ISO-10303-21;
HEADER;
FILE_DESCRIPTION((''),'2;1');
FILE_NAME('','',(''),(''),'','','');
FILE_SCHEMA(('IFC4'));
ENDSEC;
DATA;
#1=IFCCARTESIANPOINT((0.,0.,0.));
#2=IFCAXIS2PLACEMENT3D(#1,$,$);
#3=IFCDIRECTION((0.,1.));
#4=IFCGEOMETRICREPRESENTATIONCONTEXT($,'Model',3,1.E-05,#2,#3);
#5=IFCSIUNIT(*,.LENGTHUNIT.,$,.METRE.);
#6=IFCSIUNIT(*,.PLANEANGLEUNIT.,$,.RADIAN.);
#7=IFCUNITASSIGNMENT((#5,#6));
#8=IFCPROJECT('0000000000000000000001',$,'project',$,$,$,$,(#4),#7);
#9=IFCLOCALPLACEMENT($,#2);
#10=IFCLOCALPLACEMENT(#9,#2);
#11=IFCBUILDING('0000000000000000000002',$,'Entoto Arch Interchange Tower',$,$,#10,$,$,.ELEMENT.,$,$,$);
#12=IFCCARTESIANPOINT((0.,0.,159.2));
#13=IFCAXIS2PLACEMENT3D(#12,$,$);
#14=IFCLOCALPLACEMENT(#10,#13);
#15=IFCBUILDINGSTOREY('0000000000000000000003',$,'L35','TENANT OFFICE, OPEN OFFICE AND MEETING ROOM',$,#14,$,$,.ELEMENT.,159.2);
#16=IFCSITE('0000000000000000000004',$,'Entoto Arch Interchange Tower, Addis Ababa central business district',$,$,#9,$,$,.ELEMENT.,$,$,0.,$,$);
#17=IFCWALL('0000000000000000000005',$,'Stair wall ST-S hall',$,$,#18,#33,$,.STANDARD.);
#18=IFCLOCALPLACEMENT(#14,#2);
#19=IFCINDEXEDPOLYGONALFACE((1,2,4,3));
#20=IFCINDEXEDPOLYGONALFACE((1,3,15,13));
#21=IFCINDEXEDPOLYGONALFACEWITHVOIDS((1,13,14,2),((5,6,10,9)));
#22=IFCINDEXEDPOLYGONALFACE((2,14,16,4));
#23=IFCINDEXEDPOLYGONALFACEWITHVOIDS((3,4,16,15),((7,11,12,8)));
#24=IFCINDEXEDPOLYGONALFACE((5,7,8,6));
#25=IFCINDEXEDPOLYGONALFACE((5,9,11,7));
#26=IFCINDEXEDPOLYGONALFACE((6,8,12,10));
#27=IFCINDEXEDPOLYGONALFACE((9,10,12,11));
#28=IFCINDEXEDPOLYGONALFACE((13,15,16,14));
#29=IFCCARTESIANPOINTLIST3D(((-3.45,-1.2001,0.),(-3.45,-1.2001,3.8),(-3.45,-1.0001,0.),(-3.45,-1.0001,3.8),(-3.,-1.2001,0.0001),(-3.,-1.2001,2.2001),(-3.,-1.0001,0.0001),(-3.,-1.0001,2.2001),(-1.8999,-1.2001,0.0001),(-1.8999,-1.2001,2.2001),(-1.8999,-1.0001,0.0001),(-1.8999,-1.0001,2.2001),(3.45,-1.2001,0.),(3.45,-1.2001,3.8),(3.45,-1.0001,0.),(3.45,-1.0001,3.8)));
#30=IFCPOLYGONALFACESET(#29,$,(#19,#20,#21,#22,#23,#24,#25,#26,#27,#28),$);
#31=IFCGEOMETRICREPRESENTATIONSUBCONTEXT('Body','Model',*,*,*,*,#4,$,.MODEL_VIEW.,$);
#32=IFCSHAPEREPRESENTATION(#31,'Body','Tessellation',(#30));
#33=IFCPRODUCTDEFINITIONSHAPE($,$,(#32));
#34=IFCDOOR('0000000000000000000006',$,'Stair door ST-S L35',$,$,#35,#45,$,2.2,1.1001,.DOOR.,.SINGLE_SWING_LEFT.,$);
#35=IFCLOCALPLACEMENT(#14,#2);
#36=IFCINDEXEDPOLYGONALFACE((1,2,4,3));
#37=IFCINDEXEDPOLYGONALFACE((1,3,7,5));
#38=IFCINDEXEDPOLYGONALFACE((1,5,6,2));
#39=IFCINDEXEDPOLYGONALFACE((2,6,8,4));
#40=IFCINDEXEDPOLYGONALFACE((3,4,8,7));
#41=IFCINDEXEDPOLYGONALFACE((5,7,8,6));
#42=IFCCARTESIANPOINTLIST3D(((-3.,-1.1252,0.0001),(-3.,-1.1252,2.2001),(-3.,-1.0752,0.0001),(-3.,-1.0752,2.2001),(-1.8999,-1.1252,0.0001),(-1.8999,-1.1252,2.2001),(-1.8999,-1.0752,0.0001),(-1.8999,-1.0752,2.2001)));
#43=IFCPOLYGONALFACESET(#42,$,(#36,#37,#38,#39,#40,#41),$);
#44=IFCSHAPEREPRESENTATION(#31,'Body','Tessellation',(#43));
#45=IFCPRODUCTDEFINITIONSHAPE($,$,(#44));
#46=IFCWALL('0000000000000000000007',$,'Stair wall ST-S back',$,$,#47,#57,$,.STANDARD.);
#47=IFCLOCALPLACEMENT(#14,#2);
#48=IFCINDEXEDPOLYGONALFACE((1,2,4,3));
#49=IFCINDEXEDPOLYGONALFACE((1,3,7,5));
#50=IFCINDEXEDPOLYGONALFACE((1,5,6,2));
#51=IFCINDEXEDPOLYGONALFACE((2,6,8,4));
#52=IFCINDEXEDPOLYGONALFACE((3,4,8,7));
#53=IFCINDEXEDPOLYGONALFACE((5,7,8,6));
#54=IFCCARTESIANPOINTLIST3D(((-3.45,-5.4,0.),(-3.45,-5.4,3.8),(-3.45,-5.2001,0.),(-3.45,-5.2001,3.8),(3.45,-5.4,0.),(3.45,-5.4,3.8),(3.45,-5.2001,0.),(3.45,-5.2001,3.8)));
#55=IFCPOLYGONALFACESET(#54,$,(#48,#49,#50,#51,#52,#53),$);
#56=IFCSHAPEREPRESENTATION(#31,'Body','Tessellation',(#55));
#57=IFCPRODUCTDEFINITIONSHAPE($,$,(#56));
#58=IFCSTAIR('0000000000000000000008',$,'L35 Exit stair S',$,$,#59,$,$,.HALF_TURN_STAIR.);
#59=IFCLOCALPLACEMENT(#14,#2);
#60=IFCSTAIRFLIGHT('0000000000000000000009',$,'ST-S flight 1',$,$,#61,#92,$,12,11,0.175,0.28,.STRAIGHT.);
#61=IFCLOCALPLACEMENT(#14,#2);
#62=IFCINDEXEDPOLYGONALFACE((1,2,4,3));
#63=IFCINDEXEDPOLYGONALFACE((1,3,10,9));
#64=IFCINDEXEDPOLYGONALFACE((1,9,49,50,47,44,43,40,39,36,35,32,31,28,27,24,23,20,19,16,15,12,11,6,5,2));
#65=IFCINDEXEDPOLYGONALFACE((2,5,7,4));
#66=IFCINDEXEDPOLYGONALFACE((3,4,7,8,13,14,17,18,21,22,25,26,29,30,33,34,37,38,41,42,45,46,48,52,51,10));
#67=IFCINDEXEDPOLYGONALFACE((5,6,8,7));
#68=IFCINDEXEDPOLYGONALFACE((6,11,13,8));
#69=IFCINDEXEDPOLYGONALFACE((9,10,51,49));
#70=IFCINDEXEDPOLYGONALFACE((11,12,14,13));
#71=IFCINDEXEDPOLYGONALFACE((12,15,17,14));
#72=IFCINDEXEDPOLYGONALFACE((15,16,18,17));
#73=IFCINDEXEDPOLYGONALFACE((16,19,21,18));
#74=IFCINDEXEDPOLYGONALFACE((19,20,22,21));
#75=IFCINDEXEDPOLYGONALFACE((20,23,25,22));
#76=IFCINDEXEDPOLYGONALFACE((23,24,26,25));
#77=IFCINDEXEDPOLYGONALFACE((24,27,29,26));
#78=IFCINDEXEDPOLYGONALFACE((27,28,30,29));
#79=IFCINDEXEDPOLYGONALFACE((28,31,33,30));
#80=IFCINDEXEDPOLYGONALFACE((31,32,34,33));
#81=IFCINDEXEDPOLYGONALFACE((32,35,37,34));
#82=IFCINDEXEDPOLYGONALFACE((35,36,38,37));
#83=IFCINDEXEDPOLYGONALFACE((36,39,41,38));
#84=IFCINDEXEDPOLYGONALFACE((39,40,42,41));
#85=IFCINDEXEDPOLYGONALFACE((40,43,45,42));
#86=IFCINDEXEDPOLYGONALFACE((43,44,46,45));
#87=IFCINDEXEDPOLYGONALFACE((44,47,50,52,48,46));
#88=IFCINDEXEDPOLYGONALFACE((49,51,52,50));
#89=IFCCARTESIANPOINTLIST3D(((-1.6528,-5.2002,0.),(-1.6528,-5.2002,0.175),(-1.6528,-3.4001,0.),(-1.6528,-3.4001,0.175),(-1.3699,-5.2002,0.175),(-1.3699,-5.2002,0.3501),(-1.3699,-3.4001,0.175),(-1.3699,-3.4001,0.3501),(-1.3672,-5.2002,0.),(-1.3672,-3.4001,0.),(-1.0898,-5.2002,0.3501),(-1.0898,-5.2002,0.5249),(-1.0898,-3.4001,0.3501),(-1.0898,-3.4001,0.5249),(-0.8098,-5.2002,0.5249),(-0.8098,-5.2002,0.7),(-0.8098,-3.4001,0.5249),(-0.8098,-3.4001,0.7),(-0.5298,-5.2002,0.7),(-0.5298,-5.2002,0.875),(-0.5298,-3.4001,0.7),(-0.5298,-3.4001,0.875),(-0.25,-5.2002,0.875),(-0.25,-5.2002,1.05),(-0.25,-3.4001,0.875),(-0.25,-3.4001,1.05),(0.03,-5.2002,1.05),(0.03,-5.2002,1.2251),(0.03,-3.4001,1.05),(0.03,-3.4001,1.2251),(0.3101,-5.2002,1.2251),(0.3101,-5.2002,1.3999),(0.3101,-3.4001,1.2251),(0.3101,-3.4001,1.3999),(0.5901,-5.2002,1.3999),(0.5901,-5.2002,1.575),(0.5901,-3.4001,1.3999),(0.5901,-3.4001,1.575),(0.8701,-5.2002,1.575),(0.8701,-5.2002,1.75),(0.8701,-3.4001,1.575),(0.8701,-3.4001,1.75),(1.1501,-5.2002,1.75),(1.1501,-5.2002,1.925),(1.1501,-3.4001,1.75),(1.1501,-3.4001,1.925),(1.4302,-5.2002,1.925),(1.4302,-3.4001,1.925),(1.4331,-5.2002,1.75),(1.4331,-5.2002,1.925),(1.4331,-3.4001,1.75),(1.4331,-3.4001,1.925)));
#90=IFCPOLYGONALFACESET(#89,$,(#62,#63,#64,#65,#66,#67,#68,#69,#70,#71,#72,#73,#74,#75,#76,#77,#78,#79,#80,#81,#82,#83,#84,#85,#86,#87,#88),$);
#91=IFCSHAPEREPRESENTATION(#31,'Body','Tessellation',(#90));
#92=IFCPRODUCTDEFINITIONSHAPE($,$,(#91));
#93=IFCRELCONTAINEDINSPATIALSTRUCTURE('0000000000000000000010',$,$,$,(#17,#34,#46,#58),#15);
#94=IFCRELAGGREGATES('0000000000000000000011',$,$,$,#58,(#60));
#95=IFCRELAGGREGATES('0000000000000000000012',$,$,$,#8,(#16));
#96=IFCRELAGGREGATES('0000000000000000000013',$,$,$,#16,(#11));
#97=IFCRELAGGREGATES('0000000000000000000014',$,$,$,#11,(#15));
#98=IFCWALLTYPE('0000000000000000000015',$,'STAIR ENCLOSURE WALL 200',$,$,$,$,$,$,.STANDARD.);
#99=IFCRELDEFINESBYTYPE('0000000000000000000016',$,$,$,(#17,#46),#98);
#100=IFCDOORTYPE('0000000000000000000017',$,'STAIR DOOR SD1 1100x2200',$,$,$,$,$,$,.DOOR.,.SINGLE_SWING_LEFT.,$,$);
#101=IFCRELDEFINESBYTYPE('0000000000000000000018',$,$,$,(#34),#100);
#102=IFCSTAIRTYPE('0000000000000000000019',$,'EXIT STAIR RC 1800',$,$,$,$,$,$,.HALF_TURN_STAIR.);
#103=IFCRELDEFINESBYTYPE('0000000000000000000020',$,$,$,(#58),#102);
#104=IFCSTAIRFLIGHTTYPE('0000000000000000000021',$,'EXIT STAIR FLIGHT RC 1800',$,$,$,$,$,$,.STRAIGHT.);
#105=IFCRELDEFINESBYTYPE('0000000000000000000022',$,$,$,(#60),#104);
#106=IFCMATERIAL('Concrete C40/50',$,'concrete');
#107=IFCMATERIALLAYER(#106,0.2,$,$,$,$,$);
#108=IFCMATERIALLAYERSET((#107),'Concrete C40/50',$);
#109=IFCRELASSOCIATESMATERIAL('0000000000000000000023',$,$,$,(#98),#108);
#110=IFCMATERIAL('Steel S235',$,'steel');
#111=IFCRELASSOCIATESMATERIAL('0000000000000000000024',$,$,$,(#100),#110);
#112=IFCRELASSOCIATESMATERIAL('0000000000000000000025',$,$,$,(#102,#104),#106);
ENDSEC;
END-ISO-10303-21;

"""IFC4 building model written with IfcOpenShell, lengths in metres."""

from ifc_helpers import new_model, si_unit, direction, frame, frame_2d, origin, place, context, subcontext, project, spatial, polyline, rectangle, outline, extrude, material, layer, layer_set, type_object, element, fill, aggregate, save


model = new_model("IFC4")

# Units and contexts
model_context = context("Model", 3, precision=1e-05, world=origin(), true_north=direction((0.0, 1.0)))
body_context = subcontext(model_context, "Body", "Model", "MODEL_VIEW")
ifc_project = project(units=[si_unit("LENGTHUNIT", "METRE"), si_unit("PLANEANGLEUNIT", "RADIAN")], contexts=[model_context])

# Site, building, storey
site_placement = place(None, origin())
site = spatial("IfcSite", under=ifc_project, at=site_placement, Name="Entoto Arch Interchange Tower, Addis Ababa central business district", CompositionType="ELEMENT", RefElevation=0.0)
building_placement = place(site_placement, origin())
building = spatial("IfcBuilding", under=site, at=building_placement, Name="Entoto Arch Interchange Tower", CompositionType="ELEMENT")
storey_placement = place(building_placement, frame((0.0, 0.0, 159.2)))
storey = spatial("IfcBuildingStorey", under=building, at=storey_placement, Name="L35", Description="TENANT OFFICE, OPEN OFFICE AND MEETING ROOM", CompositionType="ELEMENT", Elevation=159.2)

# Shared definitions
ifc_material_1 = material(Name="Concrete C40/50", Category="concrete")

# Wall, opening, door
ifc_layer_1 = layer(ifc_material_1, 0.2)
ifc_layer_set_1 = layer_set([ifc_layer_1], Name="Concrete C40/50")
wall_type_1 = type_object("IfcWallType", Name="STAIR ENCLOSURE WALL 200", PredefinedType="STANDARD", material=ifc_layer_set_1)
ifc_material_2 = material(Name="Steel S235", Category="steel")
door_type_1 = type_object("IfcDoorType", Name="STAIR DOOR SD1 1100x2200", OperationType="SINGLE_SWING_LEFT", PredefinedType="DOOR", material=ifc_material_2)
wall_1_placement = place(storey_placement, frame((-3.45, -1.1001, 0.0), z_axis=(0.0, 0.0, 1.0), x_axis=(1.0, 0.0, 0.0)))
wall_1 = element("IfcWall", 1, at=wall_1_placement, inside=storey, type_object=wall_type_1, Name="Stair wall ST-S hall", PredefinedType="STANDARD", context=body_context, shape_type="SweptSolid", body=[
    extrude(rectangle(XDim=6.8999, YDim=0.2, at=frame_2d((3.45, 0.0))), origin(), (0.0, 0.0, 1.0), 3.8),
])
opening_1_placement = place(wall_1_placement, frame((0.45, 0.0, 0.0)))
opening_1 = element("IfcOpeningElement", 2, at=opening_1_placement, cuts=wall_1, PredefinedType="OPENING", context=body_context, shape_type="SweptSolid", body=[
    extrude(rectangle(XDim=1.1001, YDim=2.2, at=frame_2d((0.55, 1.1001))), frame((0.0, 0.1099, 0.0), z_axis=(0.0, -1.0, 0.0), x_axis=(1.0, 0.0, 0.0)), (0.0, 0.0, 1.0), 0.22),
])
door_1_placement = place(opening_1_placement, origin())
door_1 = element("IfcDoor", 3, at=door_1_placement, inside=storey, type_object=door_type_1, Name="Stair door ST-S L35", OperationType="SINGLE_SWING_LEFT", OverallHeight=2.2, OverallWidth=1.1001, PredefinedType="DOOR", context=body_context, shape_type="SweptSolid", body=[
    extrude(rectangle(XDim=1.1001, YDim=2.2, at=frame_2d((0.55, 1.1001))), frame((0.0, 0.0249, 0.0), z_axis=(0.0, -1.0, 0.0), x_axis=(1.0, 0.0, 0.0)), (0.0, 0.0, 1.0), 0.05),
])
fill(opening_1, door_1)

# Wall
wall_2_placement = place(storey_placement, frame((-3.45, -5.3, 0.0), z_axis=(0.0, 0.0, 1.0), x_axis=(1.0, 0.0, 0.0)))
element("IfcWall", 4, at=wall_2_placement, inside=storey, type_object=wall_type_1, Name="Stair wall ST-S back", PredefinedType="STANDARD", context=body_context, shape_type="SweptSolid", body=[
    extrude(rectangle(XDim=6.8999, YDim=0.2, at=frame_2d((3.45, 0.0))), origin(), (0.0, 0.0, 1.0), 3.8),
])

# Stair, stair flight
stair_type = type_object("IfcStairType", Name="EXIT STAIR RC 1800", PredefinedType="HALF_TURN_STAIR", material=ifc_material_1)
stair_placement = place(storey_placement, origin())
stair = element("IfcStair", 5, at=stair_placement, inside=storey, type_object=stair_type, Name="L35 Exit stair S", PredefinedType="HALF_TURN_STAIR")
stair_flight_type = type_object("IfcStairFlightType", Name="EXIT STAIR FLIGHT RC 1800", PredefinedType="STRAIGHT", material=ifc_material_1)
stair_flight_placement = place(storey_placement, frame((-1.6499, -4.3, 0.0), z_axis=(0.0, 0.0, 1.0), x_axis=(1.0, 0.0, 0.0)))
stair_flight = element("IfcStairFlight", 6, at=stair_flight_placement, type_object=stair_flight_type, Name="ST-S flight 1", NumberOfRisers=12, NumberOfTreads=11, PredefinedType="STRAIGHT", RiserHeight=0.175, TreadLength=0.28, context=body_context, shape_type="SweptSolid", body=[
    extrude(outline(polyline([(-0.0029, 0.0), (-0.0029, 0.175), (0.28, 0.175), (0.28, 0.3501), (0.5601, 0.3501), (0.5601, 0.5249), (0.8401, 0.5249), (0.8401, 0.7), (1.1201, 0.7), (1.1201, 0.875), (1.3999, 0.875), (1.3999, 1.05), (1.6799, 1.05), (1.6799, 1.2251), (1.96, 1.2251), (1.96, 1.3999), (2.24, 1.3999), (2.24, 1.575), (2.52, 1.575), (2.52, 1.75), (2.8, 1.75), (2.8, 1.925), (3.0801, 1.925), (3.083, 1.925), (3.083, 1.75), (0.2827, 0.0), (-0.0029, 0.0)])), frame((0.0, 0.8999, 0.0), z_axis=(0.0, -1.0, 0.0), x_axis=(1.0, 0.0, 0.0)), (0.0, 0.0, 1.0), 1.8),
])
aggregate(stair, [stair_flight])

save(model, "model.ifc")
